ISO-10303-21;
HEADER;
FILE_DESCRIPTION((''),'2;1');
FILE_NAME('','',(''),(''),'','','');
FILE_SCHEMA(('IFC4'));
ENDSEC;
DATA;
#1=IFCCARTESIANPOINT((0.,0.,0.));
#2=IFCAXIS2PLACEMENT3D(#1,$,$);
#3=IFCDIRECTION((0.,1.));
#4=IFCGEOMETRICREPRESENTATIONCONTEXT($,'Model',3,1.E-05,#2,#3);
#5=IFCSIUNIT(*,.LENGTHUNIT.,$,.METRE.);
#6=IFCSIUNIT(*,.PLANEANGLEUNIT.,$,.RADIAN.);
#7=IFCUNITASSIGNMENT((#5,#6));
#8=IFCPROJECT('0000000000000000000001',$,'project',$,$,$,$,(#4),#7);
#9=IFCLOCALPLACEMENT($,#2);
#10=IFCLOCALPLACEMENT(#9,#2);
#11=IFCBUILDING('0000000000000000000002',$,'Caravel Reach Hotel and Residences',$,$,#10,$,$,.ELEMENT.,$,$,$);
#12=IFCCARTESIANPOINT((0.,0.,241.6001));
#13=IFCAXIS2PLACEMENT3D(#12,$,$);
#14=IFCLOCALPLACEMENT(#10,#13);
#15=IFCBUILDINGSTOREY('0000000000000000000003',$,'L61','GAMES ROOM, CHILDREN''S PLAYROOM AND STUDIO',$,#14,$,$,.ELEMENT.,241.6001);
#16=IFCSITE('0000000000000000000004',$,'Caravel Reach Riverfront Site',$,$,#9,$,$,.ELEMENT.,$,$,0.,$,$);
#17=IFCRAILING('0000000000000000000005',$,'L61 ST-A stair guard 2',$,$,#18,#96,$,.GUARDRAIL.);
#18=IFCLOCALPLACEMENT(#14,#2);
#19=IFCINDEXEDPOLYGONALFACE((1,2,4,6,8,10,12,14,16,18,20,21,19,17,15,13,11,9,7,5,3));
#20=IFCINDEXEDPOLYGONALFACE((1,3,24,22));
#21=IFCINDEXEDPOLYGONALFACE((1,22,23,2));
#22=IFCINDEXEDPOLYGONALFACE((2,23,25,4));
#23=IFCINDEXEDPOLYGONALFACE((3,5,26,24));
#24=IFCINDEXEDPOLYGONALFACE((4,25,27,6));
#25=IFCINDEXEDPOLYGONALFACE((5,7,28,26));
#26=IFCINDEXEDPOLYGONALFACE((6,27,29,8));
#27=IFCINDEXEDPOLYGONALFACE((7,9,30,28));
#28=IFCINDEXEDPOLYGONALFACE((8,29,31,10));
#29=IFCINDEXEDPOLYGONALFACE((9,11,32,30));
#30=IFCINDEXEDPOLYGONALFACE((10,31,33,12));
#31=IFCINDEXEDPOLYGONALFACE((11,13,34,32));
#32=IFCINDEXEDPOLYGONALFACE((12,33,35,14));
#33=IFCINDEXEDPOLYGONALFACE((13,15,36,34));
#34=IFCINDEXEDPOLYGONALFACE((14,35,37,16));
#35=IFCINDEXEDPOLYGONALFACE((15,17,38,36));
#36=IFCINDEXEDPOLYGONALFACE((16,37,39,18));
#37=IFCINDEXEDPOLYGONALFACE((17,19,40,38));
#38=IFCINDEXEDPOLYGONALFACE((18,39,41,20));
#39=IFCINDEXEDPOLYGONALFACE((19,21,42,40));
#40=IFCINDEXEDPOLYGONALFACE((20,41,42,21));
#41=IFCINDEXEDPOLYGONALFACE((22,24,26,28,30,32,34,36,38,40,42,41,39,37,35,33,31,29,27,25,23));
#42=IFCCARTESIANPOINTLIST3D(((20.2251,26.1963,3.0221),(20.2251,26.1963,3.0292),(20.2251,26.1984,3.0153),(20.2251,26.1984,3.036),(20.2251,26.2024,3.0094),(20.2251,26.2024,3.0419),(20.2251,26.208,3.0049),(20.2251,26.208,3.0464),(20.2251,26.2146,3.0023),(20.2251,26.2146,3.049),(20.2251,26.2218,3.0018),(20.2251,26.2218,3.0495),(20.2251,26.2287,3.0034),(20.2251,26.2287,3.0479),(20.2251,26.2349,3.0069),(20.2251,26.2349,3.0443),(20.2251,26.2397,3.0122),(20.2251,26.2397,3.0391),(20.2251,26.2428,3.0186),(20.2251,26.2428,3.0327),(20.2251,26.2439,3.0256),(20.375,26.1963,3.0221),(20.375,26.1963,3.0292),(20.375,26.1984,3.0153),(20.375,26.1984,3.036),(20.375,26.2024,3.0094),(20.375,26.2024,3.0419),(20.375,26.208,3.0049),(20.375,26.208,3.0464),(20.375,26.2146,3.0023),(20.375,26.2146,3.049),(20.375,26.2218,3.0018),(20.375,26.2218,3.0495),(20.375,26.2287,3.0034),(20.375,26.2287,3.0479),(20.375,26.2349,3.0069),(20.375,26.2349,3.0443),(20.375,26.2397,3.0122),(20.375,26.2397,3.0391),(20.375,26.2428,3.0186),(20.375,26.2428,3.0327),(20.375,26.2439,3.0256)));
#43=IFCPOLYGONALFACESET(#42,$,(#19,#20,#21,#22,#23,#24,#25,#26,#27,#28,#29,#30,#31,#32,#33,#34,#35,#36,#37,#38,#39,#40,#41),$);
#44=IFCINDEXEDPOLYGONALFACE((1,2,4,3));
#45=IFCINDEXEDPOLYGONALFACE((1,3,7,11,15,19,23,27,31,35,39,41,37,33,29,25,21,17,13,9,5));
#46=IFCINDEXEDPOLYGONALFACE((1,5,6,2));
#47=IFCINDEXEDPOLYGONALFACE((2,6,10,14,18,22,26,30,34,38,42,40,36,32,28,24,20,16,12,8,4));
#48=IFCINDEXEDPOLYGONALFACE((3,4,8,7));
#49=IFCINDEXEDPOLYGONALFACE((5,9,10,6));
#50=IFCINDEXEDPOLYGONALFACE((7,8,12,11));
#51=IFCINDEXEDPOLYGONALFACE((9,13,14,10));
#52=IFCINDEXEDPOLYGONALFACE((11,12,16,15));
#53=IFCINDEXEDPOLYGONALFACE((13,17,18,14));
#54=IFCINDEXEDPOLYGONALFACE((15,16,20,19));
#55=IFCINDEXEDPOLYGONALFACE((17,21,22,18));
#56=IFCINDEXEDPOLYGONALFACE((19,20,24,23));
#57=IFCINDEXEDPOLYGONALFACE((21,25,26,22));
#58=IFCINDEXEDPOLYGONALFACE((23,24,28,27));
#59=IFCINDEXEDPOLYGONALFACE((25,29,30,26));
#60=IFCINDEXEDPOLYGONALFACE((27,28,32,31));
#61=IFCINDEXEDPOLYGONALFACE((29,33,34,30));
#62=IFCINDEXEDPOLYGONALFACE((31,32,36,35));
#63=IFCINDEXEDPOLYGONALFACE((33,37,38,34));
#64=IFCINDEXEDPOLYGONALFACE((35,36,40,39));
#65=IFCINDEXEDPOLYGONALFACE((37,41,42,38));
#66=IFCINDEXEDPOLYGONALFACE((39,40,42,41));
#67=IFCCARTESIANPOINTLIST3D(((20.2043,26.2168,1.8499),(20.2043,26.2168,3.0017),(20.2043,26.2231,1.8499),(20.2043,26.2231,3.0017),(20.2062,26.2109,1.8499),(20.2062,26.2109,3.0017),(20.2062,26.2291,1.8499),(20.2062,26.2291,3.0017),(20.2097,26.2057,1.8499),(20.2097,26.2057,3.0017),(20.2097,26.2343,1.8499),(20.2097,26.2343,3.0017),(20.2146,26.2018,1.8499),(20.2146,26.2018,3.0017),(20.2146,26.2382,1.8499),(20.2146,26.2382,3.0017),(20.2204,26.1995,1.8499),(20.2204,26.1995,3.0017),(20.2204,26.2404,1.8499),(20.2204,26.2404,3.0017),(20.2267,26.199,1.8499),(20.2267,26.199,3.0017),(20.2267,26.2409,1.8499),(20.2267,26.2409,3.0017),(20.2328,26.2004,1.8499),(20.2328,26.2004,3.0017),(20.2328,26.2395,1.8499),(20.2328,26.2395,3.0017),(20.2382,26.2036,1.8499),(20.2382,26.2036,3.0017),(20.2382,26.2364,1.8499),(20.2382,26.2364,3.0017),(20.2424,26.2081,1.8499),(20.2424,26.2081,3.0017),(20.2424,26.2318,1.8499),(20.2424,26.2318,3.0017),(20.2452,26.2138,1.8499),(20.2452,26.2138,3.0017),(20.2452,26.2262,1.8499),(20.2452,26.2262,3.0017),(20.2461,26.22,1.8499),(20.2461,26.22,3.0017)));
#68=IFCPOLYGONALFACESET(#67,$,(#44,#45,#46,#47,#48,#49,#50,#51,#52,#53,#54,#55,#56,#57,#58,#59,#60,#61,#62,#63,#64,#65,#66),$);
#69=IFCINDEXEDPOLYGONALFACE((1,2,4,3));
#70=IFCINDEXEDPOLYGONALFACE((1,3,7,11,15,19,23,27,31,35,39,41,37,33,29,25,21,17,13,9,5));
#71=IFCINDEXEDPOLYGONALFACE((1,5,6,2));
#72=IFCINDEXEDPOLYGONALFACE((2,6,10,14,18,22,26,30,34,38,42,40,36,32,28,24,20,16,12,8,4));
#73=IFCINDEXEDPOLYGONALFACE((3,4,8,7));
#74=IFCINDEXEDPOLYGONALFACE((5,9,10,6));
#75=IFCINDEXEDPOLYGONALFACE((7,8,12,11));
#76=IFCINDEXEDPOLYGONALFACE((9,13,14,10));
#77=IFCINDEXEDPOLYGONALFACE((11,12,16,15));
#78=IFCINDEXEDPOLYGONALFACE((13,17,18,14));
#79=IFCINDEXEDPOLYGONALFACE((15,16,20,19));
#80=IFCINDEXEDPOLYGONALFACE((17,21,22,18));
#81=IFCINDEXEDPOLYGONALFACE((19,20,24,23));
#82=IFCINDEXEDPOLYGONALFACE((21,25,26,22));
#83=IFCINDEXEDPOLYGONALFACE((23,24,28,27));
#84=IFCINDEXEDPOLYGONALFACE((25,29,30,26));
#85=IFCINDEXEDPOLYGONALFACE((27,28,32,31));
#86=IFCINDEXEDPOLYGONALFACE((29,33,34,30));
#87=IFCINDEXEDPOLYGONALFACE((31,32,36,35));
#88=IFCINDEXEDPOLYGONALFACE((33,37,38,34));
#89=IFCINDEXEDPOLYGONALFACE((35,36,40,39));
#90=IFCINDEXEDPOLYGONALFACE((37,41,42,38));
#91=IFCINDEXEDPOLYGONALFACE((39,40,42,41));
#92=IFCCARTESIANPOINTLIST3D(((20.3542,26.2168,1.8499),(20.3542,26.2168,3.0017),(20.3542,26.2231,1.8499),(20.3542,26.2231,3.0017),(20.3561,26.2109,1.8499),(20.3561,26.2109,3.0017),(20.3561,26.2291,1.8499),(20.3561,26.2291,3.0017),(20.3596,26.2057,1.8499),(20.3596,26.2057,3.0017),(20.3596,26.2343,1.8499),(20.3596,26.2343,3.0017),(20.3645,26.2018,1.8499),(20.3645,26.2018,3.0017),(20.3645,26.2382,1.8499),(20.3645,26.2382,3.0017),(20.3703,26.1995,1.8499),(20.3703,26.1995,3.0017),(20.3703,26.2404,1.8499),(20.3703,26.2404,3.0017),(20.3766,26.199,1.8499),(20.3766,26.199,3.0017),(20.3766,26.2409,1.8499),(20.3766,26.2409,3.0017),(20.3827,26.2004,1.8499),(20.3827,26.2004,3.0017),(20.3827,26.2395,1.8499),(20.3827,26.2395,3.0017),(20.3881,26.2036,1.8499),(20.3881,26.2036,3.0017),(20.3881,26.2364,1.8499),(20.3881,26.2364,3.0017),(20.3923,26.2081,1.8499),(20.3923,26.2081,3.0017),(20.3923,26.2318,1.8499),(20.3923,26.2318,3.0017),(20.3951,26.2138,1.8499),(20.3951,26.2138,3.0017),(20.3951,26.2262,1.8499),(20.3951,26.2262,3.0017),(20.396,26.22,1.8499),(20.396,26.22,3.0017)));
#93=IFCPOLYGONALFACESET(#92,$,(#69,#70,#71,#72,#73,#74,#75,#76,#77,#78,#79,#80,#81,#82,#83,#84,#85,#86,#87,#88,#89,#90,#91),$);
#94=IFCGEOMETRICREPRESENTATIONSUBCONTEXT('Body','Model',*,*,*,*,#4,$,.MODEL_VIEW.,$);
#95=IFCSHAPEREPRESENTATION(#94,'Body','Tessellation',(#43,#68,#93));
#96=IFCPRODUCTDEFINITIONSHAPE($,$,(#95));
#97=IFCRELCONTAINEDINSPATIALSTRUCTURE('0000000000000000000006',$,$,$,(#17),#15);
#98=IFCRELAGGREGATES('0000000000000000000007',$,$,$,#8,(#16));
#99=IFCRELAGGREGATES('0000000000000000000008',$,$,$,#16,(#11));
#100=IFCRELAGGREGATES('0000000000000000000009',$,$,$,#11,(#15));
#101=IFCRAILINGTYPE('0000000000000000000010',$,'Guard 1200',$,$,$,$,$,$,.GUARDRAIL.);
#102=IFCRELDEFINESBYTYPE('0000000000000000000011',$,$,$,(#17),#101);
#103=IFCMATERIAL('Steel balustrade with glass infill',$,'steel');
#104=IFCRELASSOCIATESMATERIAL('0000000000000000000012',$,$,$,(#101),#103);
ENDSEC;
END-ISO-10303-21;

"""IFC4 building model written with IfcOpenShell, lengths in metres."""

from ifc_helpers import new_model, si_unit, direction, frame, origin, origin_2d, place, context, subcontext, project, spatial, circle, extrude, material, type_object, element, save


model = new_model("IFC4")

# Units and contexts
model_context = context("Model", 3, precision=1e-05, world=origin(), true_north=direction((0.0, 1.0)))
body_context = subcontext(model_context, "Body", "Model", "MODEL_VIEW")
ifc_project = project(units=[si_unit("LENGTHUNIT", "METRE"), si_unit("PLANEANGLEUNIT", "RADIAN")], contexts=[model_context])

# Site, building, storey
site_placement = place(None, origin())
site = spatial("IfcSite", under=ifc_project, at=site_placement, Name="Caravel Reach Riverfront Site", CompositionType="ELEMENT", RefElevation=0.0)
building_placement = place(site_placement, origin())
building = spatial("IfcBuilding", under=site, at=building_placement, Name="Caravel Reach Hotel and Residences", CompositionType="ELEMENT")
storey_placement = place(building_placement, frame((0.0, 0.0, 241.6001)))
storey = spatial("IfcBuildingStorey", under=building, at=storey_placement, Name="L61", Description="GAMES ROOM, CHILDREN'S PLAYROOM AND STUDIO", CompositionType="ELEMENT", Elevation=241.6001)

# Railing
ifc_material_1 = material(Name="Steel balustrade with glass infill", Category="steel")
railing_type = type_object("IfcRailingType", Name="Guard 1200", PredefinedType="GUARDRAIL", material=ifc_material_1)
railing_placement = place(storey_placement, frame((20.2251, 26.22, 1.8499)))
element("IfcRailing", 1, at=railing_placement, inside=storey, type_object=railing_type, Name="L61 ST-A stair guard 2", PredefinedType="GUARDRAIL", context=body_context, shape_type="SweptSolid", body=[
    extrude(circle(Radius=0.0239, at=origin_2d()), frame((0.0, 0.0, 1.1758), z_axis=(1.0, 0.0, 0.0), x_axis=(0.0, 1.0, 0.0)), (0.0, 0.0, 1.0), 0.1499),
    extrude(circle(Radius=0.021, at=origin_2d()), origin(), (0.0, 0.0, 1.0), 1.1519),
    extrude(circle(Radius=0.021, at=origin_2d()), frame((0.1499, 0.0, 0.0)), (0.0, 0.0, 1.0), 1.1519),
])

save(model, "model.ifc")
